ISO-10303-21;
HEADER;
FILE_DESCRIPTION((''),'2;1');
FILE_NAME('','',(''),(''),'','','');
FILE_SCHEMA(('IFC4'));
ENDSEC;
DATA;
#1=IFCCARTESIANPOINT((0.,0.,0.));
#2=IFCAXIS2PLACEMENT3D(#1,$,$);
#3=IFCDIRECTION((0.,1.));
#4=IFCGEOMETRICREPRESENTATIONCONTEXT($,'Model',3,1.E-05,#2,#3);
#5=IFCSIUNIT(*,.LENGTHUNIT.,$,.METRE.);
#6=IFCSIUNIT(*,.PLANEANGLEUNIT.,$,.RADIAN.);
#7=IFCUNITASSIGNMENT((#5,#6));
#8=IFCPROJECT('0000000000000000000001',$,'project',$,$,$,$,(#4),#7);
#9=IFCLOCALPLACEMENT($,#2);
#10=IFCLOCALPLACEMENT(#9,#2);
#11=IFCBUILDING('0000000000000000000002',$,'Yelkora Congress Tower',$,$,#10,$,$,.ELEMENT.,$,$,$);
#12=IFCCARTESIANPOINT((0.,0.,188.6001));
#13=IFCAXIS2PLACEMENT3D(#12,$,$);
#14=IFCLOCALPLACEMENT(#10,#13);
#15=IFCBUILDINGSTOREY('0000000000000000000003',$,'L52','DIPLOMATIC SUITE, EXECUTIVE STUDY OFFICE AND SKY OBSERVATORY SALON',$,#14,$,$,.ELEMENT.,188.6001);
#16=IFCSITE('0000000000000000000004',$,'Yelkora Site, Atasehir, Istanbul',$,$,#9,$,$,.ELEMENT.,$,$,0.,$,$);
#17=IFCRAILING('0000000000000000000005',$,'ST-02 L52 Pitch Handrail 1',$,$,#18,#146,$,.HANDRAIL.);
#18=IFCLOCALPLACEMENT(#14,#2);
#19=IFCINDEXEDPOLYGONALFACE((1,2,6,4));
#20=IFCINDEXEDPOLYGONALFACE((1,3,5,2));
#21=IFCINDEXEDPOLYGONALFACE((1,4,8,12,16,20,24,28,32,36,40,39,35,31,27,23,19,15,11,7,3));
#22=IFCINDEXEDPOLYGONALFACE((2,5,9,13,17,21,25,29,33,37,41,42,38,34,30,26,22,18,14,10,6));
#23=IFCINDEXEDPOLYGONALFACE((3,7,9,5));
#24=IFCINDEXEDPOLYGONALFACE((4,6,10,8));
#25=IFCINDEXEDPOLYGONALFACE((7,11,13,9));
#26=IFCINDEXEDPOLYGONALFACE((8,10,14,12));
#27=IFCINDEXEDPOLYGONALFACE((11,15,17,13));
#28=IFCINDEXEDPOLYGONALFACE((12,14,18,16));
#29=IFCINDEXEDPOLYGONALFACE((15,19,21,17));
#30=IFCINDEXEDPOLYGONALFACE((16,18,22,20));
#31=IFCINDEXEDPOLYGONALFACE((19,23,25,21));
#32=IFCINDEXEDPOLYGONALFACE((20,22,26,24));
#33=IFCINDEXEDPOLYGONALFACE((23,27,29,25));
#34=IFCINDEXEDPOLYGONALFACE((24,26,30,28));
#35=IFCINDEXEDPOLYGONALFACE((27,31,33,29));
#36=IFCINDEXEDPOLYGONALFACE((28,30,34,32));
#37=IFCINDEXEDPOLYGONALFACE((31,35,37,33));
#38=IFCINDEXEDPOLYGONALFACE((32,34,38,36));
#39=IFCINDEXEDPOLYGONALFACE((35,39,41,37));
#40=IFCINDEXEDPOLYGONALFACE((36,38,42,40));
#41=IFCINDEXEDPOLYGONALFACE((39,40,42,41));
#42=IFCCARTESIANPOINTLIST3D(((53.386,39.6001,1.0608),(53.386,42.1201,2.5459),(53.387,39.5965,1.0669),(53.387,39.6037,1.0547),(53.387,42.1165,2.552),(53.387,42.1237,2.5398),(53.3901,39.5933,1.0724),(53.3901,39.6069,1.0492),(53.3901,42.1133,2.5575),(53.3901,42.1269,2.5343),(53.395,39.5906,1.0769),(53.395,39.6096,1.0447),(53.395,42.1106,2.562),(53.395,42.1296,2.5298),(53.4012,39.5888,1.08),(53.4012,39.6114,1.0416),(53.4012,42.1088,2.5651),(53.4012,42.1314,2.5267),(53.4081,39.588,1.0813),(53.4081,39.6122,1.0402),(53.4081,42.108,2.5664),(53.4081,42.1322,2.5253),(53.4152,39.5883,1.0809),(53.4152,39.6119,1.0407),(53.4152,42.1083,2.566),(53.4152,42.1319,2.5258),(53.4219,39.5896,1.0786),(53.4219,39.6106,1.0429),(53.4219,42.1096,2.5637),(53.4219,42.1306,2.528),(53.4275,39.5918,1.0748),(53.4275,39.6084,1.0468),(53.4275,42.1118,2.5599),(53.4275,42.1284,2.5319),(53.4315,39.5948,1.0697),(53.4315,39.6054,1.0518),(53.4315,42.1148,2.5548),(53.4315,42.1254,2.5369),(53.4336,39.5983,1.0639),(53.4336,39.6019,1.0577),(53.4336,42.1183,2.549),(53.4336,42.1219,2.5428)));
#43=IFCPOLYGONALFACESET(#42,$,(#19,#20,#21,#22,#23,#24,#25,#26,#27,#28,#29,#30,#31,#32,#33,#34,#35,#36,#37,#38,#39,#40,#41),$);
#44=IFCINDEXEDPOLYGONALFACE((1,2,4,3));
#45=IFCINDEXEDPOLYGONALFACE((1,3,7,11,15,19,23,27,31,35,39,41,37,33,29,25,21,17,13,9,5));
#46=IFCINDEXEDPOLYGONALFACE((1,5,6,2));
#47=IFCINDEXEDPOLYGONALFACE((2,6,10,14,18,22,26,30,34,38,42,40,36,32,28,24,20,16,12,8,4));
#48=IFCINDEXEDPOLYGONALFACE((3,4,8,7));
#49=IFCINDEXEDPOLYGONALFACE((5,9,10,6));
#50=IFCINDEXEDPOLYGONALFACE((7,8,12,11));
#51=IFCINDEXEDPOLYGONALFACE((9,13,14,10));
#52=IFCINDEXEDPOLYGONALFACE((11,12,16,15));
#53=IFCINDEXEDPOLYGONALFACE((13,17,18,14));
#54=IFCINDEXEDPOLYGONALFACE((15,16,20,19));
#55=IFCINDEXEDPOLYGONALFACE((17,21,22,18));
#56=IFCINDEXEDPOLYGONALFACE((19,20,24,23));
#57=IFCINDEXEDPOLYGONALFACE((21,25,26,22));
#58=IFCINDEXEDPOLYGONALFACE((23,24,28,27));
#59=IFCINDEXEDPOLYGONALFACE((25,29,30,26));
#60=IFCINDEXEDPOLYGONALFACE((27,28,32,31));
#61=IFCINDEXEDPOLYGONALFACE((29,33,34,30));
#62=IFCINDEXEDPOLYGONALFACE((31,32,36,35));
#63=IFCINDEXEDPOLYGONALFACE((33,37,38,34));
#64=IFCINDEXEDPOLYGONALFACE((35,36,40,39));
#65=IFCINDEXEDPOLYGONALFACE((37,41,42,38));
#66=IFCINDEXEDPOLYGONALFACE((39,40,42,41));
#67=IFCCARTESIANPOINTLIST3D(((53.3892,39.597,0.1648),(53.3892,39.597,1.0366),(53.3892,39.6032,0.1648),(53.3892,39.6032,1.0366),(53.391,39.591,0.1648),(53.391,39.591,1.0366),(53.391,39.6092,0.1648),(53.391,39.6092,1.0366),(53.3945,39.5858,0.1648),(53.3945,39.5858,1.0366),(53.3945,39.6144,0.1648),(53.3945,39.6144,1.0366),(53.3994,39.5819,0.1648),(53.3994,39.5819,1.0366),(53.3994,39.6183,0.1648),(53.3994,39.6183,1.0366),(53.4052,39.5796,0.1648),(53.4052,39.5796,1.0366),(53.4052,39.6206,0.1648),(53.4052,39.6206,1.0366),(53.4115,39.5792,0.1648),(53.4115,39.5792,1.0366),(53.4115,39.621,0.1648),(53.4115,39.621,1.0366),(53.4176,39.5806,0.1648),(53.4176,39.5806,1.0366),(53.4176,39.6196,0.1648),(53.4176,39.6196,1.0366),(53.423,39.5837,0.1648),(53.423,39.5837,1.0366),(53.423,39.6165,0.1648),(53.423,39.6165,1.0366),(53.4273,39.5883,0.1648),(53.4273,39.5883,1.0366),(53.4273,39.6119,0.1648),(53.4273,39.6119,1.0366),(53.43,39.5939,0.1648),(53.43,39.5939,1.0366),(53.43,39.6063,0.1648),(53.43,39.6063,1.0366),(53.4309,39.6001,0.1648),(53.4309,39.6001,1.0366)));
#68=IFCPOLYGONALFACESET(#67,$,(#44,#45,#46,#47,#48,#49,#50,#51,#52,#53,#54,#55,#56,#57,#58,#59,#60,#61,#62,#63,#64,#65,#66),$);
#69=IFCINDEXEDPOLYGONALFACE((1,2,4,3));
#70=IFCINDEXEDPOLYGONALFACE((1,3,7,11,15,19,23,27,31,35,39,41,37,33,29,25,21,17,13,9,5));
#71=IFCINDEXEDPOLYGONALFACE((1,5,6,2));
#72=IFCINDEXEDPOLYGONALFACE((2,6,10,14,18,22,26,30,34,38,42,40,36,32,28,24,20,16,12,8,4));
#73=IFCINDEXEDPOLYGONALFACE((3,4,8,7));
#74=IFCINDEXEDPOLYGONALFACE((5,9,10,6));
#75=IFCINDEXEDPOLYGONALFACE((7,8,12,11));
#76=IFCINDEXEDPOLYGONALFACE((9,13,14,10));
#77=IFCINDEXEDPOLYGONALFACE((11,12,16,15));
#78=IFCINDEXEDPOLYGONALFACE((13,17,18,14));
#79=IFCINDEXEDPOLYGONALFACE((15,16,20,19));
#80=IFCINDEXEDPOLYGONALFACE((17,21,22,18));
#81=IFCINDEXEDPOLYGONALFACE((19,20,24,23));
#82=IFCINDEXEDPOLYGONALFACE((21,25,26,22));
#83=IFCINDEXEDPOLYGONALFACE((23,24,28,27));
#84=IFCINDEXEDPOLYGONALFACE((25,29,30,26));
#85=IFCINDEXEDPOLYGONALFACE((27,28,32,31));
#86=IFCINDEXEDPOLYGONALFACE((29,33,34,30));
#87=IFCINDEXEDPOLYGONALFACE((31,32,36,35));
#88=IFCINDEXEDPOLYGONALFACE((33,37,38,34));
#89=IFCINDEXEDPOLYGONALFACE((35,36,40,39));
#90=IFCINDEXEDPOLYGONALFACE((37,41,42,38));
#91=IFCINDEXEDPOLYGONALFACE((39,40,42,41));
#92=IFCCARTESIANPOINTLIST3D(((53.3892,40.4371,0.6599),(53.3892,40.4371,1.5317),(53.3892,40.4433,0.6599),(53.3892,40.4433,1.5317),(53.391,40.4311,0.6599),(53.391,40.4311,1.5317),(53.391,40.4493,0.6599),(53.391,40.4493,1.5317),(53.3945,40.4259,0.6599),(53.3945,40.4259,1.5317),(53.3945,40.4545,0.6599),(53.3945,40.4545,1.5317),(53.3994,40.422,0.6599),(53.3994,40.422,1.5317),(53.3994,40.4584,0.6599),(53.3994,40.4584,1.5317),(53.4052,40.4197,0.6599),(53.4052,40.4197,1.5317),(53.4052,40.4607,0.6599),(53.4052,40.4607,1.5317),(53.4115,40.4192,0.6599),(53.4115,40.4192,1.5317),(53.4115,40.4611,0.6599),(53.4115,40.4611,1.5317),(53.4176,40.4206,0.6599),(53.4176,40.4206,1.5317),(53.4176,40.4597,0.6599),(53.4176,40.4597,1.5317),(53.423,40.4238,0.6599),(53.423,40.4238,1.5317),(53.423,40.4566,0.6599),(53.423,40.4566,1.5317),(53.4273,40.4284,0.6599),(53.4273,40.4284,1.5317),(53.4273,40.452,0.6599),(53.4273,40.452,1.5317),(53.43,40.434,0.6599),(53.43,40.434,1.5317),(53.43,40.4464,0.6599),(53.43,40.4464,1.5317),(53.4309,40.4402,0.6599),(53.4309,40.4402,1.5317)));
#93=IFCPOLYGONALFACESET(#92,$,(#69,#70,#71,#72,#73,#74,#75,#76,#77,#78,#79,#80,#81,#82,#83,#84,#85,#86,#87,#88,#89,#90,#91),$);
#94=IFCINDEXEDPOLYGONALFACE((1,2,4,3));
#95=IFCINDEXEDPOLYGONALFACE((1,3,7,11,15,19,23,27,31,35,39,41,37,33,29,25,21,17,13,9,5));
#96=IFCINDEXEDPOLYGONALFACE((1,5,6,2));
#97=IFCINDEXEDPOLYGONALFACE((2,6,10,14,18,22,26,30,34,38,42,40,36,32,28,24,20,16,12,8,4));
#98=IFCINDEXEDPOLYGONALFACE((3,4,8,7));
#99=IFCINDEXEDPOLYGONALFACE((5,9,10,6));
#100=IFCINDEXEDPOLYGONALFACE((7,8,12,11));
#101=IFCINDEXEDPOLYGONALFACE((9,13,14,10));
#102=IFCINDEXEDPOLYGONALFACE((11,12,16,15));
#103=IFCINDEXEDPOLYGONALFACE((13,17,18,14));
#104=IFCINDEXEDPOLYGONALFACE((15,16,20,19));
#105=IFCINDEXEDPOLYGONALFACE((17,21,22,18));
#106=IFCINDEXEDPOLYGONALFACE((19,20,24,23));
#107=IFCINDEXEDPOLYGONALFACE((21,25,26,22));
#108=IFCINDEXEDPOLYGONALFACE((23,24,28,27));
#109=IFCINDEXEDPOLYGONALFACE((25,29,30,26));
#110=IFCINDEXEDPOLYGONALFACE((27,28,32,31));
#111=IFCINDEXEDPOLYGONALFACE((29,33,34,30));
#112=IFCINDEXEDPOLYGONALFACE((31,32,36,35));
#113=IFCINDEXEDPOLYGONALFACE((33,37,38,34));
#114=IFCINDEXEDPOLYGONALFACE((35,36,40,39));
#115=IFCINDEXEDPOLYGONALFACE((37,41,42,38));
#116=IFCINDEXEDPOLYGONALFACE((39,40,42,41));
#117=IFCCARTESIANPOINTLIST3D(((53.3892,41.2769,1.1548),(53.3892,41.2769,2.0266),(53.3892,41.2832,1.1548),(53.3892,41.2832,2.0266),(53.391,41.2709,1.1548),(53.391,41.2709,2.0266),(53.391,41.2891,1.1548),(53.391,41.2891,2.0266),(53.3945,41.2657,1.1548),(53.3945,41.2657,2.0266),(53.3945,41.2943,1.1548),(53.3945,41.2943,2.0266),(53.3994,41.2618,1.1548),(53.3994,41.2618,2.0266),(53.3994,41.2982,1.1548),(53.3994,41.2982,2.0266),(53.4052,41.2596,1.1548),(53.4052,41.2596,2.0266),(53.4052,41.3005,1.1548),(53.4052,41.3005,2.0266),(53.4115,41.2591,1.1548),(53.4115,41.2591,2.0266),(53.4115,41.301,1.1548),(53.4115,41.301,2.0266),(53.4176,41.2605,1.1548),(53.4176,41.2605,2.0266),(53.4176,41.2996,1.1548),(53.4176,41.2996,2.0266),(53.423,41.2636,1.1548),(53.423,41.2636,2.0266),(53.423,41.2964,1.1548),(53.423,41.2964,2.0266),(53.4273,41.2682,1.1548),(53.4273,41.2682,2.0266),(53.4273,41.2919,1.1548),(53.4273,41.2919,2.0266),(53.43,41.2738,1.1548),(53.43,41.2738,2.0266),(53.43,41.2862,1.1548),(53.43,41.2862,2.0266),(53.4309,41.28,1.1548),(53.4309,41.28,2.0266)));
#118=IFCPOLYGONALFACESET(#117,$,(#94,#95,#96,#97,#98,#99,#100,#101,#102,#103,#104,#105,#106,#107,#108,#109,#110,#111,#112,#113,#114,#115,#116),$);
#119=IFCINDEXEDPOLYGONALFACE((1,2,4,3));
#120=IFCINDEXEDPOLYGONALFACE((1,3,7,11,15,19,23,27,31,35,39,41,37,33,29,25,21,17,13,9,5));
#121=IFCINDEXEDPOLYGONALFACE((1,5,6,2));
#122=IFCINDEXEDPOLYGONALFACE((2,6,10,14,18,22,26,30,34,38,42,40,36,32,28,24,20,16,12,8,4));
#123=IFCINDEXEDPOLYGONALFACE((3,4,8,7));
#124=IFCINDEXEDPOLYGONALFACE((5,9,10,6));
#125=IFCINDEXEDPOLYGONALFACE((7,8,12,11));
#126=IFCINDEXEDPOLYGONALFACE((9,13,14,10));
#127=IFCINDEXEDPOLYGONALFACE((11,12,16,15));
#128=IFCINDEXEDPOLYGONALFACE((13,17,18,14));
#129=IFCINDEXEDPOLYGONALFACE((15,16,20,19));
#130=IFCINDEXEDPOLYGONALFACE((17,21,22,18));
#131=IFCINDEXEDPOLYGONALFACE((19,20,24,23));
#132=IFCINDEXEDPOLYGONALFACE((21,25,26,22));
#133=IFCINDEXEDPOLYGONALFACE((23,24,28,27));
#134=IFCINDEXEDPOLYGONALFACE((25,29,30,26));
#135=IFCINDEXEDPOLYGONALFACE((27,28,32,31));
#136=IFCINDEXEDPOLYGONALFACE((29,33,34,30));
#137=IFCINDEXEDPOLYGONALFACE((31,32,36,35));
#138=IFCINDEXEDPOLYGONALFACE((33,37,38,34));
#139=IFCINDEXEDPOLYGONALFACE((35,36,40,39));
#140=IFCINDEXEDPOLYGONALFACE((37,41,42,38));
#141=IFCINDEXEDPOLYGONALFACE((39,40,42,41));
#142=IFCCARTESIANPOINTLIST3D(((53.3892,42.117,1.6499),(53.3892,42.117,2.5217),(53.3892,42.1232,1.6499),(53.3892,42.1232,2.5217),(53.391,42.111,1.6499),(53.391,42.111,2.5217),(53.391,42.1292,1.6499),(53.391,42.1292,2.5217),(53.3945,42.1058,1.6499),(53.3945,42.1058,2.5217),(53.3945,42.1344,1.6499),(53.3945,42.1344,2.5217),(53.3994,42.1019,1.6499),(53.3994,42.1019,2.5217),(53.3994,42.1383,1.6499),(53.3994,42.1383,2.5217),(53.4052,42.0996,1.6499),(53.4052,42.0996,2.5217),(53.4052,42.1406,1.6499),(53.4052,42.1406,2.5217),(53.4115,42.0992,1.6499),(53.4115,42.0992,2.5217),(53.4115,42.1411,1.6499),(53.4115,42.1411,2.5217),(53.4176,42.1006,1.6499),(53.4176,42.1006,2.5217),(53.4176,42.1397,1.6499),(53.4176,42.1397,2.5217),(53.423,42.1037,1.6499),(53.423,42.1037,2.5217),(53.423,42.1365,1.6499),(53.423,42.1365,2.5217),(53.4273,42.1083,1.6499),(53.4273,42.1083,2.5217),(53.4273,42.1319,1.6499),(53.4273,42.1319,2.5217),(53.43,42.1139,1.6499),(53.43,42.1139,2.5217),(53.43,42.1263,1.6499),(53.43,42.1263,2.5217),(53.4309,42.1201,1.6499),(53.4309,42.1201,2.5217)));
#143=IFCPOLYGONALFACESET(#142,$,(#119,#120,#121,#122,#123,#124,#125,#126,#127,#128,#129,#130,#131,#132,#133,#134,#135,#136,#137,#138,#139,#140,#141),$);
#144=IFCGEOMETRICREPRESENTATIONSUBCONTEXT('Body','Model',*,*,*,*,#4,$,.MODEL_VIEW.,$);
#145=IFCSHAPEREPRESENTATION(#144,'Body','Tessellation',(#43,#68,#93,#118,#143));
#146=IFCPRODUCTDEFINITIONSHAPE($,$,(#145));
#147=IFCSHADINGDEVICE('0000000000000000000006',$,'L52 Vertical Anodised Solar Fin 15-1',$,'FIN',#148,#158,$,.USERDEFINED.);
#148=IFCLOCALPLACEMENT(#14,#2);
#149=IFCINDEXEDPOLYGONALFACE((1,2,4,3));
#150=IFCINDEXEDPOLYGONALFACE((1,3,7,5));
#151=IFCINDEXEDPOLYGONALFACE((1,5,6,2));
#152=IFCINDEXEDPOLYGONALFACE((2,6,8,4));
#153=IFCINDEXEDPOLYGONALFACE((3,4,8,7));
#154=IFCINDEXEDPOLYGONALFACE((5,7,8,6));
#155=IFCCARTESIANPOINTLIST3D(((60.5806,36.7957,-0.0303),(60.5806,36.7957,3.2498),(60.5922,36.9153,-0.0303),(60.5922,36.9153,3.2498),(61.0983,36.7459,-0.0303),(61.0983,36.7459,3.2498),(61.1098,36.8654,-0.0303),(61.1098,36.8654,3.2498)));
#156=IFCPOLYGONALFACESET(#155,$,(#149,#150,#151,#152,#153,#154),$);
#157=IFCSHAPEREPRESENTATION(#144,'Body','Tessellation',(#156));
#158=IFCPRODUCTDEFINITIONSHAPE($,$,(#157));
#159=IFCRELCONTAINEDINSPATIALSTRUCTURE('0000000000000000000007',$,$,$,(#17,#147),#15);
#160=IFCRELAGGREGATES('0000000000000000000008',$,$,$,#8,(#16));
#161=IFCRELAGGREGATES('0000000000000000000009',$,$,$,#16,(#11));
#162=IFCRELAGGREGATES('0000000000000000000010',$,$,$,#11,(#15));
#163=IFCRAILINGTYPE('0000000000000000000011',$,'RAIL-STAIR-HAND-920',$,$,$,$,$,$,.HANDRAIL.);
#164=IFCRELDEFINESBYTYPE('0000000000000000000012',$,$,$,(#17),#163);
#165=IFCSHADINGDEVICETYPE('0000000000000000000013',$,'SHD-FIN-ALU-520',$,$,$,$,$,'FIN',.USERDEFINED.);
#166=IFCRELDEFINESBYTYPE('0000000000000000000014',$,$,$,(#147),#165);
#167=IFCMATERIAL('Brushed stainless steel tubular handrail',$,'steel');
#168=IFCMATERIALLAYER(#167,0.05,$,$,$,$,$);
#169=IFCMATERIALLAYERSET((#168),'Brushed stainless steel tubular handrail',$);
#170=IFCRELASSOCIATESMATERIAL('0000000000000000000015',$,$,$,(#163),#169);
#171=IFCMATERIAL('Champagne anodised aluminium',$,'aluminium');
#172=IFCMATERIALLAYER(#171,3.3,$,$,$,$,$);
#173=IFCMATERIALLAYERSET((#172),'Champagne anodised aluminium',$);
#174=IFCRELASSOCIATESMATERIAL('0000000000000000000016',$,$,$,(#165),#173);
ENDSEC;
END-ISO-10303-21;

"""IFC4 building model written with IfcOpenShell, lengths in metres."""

from ifc_helpers import new_model, si_unit, direction, frame, origin, origin_2d, place, context, subcontext, project, spatial, rectangle, circle, extrude, material, layer, layer_set, type_object, element, save


model = new_model("IFC4")

# Units and contexts
model_context = context("Model", 3, precision=1e-05, world=origin(), true_north=direction((0.0, 1.0)))
body_context = subcontext(model_context, "Body", "Model", "MODEL_VIEW")
ifc_project = project(units=[si_unit("LENGTHUNIT", "METRE"), si_unit("PLANEANGLEUNIT", "RADIAN")], contexts=[model_context])

# Site, building, storey
site_placement = place(None, origin())
site = spatial("IfcSite", under=ifc_project, at=site_placement, Name="Yelkora Site, Atasehir, Istanbul", CompositionType="ELEMENT", RefElevation=0.0)
building_placement = place(site_placement, origin())
building = spatial("IfcBuilding", under=site, at=building_placement, Name="Yelkora Congress Tower", CompositionType="ELEMENT")
storey_placement = place(building_placement, frame((0.0, 0.0, 188.6001)))
storey = spatial("IfcBuildingStorey", under=building, at=storey_placement, Name="L52", Description="DIPLOMATIC SUITE, EXECUTIVE STUDY OFFICE AND SKY OBSERVATORY SALON", CompositionType="ELEMENT", Elevation=188.6001)

# Railing
ifc_material_1 = material(Name="Brushed stainless steel tubular handrail", Category="steel")
ifc_layer_1 = layer(ifc_material_1, 0.05)
ifc_layer_set_1 = layer_set([ifc_layer_1], Name="Brushed stainless steel tubular handrail")
railing_type_1 = type_object("IfcRailingType", Name="RAIL-STAIR-HAND-920", PredefinedType="HANDRAIL", material=ifc_layer_set_1)
railing_1_placement = place(storey_placement, frame((53.4099, 39.6001, 0.1648)))
element("IfcRailing", 1, at=railing_1_placement, inside=storey, type_object=railing_type_1, Name="ST-02 L52 Pitch Handrail 1", PredefinedType="HANDRAIL", context=body_context, shape_type="SweptSolid", body=[
    extrude(circle(Radius=0.0239, at=origin_2d()), frame((0.0, 0.0, 0.896), z_axis=(0.0, 0.861524, 0.507717), x_axis=(-1.0, 0.0, 0.0)), (0.0, 0.0, 1.0), 2.925),
    extrude(circle(Radius=0.021, at=origin_2d()), origin(), (0.0, 0.0, 1.0), 0.8718),
    extrude(circle(Radius=0.021, at=origin_2d()), frame((0.0, 0.8401, 0.4951)), (0.0, 0.0, 1.0), 0.8718),
    extrude(circle(Radius=0.021, at=origin_2d()), frame((0.0, 1.6799, 0.99)), (0.0, 0.0, 1.0), 0.8718),
    extrude(circle(Radius=0.021, at=origin_2d()), frame((0.0, 2.52, 1.4851)), (0.0, 0.0, 1.0), 0.8718),
])

# Shading device
ifc_material_2 = material(Name="Champagne anodised aluminium", Category="aluminium")
ifc_layer_2 = layer(ifc_material_2, 3.3)
ifc_layer_set_2 = layer_set([ifc_layer_2], Name="Champagne anodised aluminium")
shading_device_type = type_object("IfcShadingDeviceType", Name="SHD-FIN-ALU-520", ElementType="FIN", PredefinedType="USERDEFINED", material=ifc_layer_set_2)
shading_device_placement = place(storey_placement, frame((60.8452, 36.8306, -0.0303), z_axis=(0.0, 0.0, 1.0), x_axis=(-0.095846, -0.995396, 0.0)))
element("IfcShadingDevice", 2, at=shading_device_placement, inside=storey, type_object=shading_device_type, Name="L52 Vertical Anodised Solar Fin 15-1", ObjectType="FIN", PredefinedType="USERDEFINED", context=body_context, shape_type="SweptSolid", body=[
    extrude(rectangle(XDim=0.1201, YDim=0.52, at=origin_2d()), origin(), (0.0, 0.0, 1.0), 3.28),
])

save(model, "model.ifc")
